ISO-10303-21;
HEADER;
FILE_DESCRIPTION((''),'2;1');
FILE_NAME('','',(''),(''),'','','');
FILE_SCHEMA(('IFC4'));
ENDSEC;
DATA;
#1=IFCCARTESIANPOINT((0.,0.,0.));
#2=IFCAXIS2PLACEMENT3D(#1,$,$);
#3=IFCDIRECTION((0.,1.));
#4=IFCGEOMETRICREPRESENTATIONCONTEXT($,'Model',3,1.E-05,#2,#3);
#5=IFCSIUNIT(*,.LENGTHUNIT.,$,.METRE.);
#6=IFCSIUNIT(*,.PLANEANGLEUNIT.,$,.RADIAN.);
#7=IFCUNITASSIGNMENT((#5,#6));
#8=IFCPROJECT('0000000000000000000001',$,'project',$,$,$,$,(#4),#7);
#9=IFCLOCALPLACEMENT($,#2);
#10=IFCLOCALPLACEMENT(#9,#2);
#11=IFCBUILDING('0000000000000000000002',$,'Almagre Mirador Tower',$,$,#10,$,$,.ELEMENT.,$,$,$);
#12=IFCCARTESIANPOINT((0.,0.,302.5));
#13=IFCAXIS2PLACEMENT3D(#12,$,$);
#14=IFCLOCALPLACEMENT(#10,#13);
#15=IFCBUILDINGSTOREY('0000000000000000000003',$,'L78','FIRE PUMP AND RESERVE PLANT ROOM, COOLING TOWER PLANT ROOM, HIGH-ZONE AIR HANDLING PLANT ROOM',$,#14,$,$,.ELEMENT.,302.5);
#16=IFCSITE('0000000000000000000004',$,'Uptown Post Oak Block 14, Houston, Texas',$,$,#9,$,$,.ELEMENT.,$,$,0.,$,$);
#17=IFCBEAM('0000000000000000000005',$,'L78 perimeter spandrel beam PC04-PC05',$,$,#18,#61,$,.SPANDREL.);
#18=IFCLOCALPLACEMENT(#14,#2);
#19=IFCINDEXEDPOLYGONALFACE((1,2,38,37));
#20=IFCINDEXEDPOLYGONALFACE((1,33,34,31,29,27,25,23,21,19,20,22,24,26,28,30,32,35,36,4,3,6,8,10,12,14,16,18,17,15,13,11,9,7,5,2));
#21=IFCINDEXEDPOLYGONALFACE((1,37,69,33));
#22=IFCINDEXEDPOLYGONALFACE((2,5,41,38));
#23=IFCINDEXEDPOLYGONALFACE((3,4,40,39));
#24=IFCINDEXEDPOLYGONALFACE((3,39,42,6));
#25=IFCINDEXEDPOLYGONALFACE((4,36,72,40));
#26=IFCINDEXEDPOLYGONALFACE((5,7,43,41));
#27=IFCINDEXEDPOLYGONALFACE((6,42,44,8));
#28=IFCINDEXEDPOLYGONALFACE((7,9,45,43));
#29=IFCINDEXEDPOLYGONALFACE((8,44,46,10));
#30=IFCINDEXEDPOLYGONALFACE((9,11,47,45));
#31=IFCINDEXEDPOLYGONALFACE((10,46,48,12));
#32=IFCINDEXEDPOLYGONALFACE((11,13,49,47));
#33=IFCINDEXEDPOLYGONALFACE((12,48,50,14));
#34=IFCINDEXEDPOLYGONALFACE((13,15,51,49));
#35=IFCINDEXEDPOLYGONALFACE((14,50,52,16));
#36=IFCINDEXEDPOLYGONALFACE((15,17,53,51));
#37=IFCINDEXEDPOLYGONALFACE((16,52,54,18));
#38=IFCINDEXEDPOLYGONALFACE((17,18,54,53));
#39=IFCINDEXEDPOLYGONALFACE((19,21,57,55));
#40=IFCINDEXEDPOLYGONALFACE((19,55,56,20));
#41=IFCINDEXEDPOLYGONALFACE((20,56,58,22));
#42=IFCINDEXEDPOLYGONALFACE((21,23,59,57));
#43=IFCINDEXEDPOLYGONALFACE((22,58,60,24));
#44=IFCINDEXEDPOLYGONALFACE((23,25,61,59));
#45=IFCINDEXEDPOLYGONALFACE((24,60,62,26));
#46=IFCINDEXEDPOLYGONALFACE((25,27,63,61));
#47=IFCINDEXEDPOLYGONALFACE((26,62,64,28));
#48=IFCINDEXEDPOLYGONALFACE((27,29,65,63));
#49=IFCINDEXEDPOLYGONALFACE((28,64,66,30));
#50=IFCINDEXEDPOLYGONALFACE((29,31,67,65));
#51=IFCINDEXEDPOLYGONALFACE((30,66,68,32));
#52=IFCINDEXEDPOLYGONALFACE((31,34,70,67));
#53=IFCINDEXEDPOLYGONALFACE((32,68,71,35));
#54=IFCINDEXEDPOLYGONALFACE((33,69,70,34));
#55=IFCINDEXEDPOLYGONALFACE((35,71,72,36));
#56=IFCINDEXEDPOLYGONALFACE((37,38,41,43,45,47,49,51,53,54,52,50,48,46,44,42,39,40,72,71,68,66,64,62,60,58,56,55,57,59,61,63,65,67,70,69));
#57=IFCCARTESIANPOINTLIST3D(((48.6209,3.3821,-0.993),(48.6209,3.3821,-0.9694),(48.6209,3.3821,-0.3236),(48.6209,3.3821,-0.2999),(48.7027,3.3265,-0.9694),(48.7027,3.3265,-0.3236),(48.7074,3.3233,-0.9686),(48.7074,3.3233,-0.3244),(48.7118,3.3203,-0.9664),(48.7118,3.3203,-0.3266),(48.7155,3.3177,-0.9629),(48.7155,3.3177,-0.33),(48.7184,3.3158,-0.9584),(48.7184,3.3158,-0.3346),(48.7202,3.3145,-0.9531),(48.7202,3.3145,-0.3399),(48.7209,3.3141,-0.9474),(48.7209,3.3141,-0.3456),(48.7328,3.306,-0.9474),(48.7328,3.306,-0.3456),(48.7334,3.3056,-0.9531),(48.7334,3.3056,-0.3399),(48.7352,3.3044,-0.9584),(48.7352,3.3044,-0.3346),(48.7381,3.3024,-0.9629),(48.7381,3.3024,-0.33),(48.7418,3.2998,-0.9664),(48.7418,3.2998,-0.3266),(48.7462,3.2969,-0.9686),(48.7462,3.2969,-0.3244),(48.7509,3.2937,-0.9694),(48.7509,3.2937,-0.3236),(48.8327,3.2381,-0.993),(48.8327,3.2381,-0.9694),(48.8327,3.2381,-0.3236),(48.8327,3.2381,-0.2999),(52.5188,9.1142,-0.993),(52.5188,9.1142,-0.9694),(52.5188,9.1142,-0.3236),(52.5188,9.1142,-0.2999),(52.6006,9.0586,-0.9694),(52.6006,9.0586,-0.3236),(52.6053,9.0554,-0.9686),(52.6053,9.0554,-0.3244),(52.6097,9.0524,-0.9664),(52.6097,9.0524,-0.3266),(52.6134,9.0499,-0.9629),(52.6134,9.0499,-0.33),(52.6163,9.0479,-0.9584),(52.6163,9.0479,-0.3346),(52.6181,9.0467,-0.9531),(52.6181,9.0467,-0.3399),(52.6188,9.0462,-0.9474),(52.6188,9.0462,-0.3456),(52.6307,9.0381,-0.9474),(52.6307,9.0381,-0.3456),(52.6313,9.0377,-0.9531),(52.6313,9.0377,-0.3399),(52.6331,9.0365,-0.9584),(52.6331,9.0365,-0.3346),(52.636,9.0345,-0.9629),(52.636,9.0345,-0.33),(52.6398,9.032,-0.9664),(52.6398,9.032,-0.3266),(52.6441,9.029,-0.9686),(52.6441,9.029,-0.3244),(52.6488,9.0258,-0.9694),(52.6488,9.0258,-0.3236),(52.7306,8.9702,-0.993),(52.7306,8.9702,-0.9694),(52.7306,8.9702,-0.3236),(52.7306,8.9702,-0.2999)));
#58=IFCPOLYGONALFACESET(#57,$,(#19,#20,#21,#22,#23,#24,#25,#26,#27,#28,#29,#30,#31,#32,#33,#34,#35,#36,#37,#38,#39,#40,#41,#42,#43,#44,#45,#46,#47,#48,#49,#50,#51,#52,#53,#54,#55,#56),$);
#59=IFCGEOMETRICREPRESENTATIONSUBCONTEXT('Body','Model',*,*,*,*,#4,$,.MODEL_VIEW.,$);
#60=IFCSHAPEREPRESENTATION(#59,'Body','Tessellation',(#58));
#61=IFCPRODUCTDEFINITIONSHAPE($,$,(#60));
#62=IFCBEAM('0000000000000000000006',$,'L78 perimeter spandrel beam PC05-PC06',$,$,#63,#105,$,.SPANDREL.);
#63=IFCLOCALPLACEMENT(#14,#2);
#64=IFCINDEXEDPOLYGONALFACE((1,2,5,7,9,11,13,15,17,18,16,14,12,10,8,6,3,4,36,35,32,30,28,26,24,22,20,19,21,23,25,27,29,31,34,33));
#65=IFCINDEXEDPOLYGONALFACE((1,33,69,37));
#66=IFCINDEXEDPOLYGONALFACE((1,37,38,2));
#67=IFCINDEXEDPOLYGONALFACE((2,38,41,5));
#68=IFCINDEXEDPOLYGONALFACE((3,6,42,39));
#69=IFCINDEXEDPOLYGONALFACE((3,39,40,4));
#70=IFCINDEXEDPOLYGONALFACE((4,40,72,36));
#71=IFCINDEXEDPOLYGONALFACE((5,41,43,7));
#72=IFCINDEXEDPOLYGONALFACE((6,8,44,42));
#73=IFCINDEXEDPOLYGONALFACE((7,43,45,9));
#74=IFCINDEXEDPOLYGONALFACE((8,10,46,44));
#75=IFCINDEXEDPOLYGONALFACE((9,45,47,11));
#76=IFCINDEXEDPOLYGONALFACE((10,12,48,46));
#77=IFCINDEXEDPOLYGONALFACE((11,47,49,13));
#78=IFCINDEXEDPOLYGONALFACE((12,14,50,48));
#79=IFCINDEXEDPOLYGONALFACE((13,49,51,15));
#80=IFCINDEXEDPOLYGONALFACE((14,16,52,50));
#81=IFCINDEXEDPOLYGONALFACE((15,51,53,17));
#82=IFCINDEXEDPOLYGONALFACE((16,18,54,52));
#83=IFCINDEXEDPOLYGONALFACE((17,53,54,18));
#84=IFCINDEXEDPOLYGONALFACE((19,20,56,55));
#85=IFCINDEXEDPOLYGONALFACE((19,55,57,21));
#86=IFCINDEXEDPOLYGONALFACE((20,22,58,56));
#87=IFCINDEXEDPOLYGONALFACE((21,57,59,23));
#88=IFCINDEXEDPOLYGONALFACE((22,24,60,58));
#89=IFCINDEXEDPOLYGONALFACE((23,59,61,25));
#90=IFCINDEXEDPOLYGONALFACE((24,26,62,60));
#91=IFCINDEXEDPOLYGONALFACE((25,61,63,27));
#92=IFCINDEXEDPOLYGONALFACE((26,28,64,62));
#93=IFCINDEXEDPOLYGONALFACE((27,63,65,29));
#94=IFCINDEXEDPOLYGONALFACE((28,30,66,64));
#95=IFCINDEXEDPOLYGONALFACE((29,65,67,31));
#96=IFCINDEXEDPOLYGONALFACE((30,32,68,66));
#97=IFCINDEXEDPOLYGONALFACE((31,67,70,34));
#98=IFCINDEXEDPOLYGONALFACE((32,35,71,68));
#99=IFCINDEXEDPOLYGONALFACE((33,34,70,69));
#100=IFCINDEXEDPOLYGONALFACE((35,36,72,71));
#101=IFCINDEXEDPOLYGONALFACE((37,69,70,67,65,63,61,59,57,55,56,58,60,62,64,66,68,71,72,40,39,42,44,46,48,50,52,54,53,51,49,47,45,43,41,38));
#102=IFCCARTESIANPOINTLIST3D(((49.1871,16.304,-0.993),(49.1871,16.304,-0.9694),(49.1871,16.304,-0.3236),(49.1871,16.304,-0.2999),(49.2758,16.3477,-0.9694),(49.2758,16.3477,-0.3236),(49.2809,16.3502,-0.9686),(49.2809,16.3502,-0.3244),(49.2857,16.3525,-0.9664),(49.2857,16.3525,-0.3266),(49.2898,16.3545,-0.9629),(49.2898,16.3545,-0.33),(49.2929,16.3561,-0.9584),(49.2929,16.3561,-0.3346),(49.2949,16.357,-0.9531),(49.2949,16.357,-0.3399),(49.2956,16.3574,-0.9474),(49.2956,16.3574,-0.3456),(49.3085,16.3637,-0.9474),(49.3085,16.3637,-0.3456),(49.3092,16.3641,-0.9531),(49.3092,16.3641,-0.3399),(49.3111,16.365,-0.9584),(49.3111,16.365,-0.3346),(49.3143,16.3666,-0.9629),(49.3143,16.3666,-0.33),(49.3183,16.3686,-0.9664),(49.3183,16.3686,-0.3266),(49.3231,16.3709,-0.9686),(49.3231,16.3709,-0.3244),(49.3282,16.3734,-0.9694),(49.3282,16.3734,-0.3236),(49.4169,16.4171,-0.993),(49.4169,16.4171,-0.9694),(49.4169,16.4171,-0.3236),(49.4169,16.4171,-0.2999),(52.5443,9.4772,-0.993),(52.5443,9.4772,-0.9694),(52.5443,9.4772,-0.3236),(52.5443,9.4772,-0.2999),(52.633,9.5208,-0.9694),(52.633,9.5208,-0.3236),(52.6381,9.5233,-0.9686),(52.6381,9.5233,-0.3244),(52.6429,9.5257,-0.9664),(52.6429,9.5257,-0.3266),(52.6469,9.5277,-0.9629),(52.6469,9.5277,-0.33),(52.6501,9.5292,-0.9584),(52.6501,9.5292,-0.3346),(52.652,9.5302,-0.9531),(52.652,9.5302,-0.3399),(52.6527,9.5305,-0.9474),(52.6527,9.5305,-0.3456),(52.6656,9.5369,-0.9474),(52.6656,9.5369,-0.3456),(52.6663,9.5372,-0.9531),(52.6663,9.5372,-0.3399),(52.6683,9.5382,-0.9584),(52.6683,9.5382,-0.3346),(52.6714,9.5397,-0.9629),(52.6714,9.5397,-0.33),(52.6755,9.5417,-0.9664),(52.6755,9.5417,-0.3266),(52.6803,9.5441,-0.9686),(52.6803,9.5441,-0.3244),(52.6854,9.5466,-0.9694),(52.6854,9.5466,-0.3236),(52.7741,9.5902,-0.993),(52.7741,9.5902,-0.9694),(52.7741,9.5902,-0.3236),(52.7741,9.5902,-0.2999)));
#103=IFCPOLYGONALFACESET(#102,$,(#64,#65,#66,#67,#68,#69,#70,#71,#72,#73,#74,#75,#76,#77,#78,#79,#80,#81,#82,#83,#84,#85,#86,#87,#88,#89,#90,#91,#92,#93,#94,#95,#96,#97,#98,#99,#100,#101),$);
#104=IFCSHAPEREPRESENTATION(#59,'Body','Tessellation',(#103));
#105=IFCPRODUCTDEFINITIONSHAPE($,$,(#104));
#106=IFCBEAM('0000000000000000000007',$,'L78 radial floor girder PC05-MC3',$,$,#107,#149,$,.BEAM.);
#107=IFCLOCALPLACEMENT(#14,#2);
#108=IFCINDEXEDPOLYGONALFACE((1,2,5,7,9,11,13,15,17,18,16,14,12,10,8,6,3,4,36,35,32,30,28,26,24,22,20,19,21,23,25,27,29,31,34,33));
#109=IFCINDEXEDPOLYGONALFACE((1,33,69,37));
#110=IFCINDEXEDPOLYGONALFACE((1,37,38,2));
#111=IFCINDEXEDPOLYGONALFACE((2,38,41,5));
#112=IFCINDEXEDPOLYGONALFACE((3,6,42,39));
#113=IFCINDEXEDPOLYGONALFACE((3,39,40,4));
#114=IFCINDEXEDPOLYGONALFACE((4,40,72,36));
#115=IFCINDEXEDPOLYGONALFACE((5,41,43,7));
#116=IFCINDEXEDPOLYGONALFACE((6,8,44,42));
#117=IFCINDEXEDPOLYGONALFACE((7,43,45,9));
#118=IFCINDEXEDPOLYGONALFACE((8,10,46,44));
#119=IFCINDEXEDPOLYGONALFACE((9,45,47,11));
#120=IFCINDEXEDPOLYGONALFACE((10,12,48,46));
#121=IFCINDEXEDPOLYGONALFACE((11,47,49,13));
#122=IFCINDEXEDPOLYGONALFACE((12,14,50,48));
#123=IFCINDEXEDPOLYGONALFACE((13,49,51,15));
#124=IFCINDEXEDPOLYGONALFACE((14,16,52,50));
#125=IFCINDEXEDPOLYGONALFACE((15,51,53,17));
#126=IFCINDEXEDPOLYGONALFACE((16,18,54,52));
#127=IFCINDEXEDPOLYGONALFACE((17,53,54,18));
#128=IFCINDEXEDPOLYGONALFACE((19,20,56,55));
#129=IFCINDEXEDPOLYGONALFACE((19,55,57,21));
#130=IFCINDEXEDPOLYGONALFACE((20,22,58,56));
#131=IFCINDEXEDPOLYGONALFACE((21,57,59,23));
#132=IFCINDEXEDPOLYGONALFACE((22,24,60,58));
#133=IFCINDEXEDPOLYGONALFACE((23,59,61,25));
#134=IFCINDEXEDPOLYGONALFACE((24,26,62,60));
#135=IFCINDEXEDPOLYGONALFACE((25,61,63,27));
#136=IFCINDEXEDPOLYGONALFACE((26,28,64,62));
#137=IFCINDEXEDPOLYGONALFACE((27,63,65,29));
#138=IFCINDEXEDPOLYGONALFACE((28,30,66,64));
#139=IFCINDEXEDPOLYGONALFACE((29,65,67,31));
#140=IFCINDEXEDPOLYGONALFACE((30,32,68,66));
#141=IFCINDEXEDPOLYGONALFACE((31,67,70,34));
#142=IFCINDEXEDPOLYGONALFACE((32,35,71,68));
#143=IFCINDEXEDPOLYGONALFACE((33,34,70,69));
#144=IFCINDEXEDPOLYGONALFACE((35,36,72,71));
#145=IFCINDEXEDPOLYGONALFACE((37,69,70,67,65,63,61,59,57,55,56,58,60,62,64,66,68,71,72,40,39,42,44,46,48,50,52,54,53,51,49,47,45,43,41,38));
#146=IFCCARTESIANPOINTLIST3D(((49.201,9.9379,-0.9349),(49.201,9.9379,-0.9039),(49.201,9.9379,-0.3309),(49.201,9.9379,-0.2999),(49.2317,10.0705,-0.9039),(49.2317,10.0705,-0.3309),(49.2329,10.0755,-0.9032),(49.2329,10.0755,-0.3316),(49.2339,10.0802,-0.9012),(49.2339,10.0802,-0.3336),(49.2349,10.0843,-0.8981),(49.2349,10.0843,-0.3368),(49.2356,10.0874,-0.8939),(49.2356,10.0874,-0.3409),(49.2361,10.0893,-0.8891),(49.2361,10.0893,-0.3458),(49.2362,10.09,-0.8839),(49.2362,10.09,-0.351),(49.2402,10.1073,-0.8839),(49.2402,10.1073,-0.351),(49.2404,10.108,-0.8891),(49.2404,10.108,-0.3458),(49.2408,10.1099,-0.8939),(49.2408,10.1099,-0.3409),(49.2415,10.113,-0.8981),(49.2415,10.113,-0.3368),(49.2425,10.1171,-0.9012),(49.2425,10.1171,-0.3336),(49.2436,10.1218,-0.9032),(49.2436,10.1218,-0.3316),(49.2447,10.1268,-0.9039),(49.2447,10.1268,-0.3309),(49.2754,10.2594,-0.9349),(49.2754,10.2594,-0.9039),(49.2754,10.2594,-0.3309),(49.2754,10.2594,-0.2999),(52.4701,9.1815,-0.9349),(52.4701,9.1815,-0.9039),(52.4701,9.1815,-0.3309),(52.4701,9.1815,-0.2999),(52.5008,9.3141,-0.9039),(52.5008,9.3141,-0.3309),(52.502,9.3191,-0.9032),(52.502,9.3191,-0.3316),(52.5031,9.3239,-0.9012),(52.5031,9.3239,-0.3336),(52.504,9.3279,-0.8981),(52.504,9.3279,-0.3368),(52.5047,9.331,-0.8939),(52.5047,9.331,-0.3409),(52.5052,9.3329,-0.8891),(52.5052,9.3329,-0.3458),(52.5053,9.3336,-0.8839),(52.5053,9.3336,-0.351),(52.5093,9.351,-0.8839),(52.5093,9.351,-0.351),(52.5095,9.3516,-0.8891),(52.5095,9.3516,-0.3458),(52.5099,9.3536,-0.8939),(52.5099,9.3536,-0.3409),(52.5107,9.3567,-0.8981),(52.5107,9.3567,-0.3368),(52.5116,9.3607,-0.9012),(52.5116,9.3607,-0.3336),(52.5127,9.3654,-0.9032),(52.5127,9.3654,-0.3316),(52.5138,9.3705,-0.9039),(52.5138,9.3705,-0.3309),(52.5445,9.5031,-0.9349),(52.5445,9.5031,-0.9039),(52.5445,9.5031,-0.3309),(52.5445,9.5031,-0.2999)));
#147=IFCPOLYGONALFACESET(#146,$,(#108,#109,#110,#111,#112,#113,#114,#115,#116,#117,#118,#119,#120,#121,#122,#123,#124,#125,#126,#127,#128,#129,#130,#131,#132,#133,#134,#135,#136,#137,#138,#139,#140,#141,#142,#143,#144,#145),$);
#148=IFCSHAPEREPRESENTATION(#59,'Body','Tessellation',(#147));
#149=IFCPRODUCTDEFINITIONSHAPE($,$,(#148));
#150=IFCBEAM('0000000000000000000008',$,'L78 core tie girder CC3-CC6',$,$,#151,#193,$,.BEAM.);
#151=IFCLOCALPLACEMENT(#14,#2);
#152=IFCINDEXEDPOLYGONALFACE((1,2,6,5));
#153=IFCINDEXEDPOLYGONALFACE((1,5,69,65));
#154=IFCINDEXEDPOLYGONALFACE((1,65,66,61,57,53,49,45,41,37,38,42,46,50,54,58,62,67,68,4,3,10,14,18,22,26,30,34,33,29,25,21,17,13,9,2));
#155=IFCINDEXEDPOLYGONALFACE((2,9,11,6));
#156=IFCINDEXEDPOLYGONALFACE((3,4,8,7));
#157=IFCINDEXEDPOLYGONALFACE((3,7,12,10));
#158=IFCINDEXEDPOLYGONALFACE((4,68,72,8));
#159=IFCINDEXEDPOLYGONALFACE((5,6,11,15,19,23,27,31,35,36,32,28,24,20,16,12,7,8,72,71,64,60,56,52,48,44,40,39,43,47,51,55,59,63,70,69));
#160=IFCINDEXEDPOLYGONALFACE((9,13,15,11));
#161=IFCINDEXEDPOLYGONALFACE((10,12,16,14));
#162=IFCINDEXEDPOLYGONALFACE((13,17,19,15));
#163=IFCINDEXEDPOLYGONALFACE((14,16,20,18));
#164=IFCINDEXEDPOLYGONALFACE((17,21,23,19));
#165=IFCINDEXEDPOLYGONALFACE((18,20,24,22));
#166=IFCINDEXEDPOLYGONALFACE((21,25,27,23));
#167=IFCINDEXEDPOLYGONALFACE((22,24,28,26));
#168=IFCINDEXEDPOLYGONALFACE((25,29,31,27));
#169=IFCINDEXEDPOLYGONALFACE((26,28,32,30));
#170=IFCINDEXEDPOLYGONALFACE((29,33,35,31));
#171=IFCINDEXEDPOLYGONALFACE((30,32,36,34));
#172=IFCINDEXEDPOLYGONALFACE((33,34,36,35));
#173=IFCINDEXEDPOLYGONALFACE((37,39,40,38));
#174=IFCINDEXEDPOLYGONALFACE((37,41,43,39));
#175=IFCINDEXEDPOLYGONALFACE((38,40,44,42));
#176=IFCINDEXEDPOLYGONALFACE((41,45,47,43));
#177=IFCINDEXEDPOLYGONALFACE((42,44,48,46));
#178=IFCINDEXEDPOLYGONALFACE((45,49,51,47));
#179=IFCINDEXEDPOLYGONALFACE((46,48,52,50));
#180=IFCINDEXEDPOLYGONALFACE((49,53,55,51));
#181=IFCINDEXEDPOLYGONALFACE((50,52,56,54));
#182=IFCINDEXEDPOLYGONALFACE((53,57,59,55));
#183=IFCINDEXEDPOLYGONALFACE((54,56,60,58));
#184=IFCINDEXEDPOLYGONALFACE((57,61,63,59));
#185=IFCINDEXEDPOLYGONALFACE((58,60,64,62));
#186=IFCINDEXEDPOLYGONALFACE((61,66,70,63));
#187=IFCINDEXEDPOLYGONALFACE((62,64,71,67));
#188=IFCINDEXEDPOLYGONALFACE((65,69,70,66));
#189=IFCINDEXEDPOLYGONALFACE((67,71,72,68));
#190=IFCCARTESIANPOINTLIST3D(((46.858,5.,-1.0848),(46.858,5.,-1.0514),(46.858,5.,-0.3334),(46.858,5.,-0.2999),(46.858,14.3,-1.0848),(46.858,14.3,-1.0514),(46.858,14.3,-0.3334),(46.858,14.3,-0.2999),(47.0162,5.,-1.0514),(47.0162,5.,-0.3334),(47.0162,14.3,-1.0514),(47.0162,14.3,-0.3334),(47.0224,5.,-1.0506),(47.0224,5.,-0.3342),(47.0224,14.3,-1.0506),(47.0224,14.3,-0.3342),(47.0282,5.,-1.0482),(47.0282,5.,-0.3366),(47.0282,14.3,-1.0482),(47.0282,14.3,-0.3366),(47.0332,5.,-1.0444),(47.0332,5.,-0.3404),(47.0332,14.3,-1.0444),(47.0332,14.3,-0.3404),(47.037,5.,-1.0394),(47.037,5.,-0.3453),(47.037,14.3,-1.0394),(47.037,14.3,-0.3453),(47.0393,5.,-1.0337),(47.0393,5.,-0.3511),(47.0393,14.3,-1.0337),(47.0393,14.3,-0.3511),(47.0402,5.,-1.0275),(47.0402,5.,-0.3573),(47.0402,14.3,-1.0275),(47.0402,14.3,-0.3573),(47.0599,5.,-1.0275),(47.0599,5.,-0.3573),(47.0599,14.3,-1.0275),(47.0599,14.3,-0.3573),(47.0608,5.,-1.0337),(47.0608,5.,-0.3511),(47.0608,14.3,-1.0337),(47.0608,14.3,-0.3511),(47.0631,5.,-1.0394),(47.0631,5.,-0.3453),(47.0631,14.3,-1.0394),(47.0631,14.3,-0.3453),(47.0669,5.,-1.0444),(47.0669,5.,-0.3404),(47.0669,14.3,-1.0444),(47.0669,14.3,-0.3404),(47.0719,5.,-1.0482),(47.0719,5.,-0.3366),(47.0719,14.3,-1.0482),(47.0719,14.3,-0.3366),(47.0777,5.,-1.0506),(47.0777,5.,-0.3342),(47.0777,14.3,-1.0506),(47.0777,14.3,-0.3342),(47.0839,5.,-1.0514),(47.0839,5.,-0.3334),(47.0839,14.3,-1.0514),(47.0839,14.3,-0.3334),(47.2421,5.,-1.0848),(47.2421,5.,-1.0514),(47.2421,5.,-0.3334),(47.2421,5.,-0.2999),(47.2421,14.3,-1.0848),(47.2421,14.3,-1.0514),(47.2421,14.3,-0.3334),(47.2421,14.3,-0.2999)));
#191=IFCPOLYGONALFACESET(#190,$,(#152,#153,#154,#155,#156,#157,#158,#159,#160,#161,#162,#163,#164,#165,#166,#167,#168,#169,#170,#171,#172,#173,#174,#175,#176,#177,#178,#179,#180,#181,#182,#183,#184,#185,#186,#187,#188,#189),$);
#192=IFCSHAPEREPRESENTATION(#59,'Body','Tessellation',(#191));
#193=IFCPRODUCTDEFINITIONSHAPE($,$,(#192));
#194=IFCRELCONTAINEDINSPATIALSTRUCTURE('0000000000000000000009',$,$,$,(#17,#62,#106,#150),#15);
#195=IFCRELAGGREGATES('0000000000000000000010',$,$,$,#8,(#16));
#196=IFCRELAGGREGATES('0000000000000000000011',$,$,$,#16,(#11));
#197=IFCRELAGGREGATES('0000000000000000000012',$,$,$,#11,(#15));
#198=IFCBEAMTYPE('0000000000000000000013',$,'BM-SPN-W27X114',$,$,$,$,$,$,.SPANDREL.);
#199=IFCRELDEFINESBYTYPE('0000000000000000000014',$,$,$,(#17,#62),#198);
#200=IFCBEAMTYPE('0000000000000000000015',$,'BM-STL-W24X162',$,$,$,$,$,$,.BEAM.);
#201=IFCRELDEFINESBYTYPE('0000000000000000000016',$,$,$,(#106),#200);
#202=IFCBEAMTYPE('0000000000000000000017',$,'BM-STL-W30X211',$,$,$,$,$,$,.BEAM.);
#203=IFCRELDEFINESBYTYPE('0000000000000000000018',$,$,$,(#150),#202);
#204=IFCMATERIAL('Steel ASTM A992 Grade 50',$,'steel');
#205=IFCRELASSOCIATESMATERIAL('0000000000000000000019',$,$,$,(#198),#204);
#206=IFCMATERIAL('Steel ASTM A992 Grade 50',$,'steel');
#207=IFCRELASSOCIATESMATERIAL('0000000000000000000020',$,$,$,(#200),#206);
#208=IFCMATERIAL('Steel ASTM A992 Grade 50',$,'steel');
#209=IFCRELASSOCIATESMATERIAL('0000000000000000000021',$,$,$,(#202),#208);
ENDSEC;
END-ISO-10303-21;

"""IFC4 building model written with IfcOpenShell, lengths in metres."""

from ifc_helpers import new_model, si_unit, direction, frame, origin, origin_2d, place, context, subcontext, project, spatial, i_section, extrude, material, material_profile, profile_set, type_object, element, save


model = new_model("IFC4")

# Units and contexts
model_context = context("Model", 3, precision=1e-05, world=origin(), true_north=direction((0.0, 1.0)))
body_context = subcontext(model_context, "Body", "Model", "MODEL_VIEW")
ifc_project = project(units=[si_unit("LENGTHUNIT", "METRE"), si_unit("PLANEANGLEUNIT", "RADIAN")], contexts=[model_context])

# Site, building, storey
site_placement = place(None, origin())
site = spatial("IfcSite", under=ifc_project, at=site_placement, Name="Uptown Post Oak Block 14, Houston, Texas", CompositionType="ELEMENT", RefElevation=0.0)
building_placement = place(site_placement, origin())
building = spatial("IfcBuilding", under=site, at=building_placement, Name="Almagre Mirador Tower", CompositionType="ELEMENT")
storey_placement = place(building_placement, frame((0.0, 0.0, 302.5)))
storey = spatial("IfcBuildingStorey", under=building, at=storey_placement, Name="L78", Description="FIRE PUMP AND RESERVE PLANT ROOM, COOLING TOWER PLANT ROOM, HIGH-ZONE AIR HANDLING PLANT ROOM", CompositionType="ELEMENT", Elevation=302.5)

# Beams
ifc_material_1 = material(Name="Steel ASTM A992 Grade 50", Category="steel")
ifc_material_profile_1 = material_profile(ifc_material_1, i_section(OverallWidth=0.2561, OverallDepth=0.6931, WebThickness=0.0144, FlangeThickness=0.0237, FilletRadius=0.022, at=origin_2d()), Name="W27X114")
ifc_profile_set_1 = profile_set([ifc_material_profile_1], Name="Steel ASTM A992 Grade 50")
beam_type_1 = type_object("IfcBeamType", Name="BM-SPN-W27X114", PredefinedType="SPANDREL", material=ifc_profile_set_1)
beam_1_placement = place(storey_placement, frame((48.7268, 3.3101, -0.6465), z_axis=(0.562317, 0.826922, 0.0), x_axis=(-0.826922, 0.562317, 0.0)))
element("IfcBeam", 1, at=beam_1_placement, inside=storey, type_object=beam_type_1, Name="L78 perimeter spandrel beam PC04-PC05", PredefinedType="SPANDREL", context=body_context, shape_type="SweptSolid", body=[
    extrude(i_section(OverallWidth=0.2561, OverallDepth=0.6931, WebThickness=0.0144, FlangeThickness=0.0237, FilletRadius=0.022, at=origin_2d()), origin(), (0.0, 0.0, 1.0), 6.9319),
])
beam_2_placement = place(storey_placement, frame((52.6592, 9.5337, -0.6465), z_axis=(-0.441286, 0.897366, 0.0), x_axis=(-0.897366, -0.441286, 0.0)))
element("IfcBeam", 2, at=beam_2_placement, inside=storey, type_object=beam_type_1, Name="L78 perimeter spandrel beam PC05-PC06", PredefinedType="SPANDREL", context=body_context, shape_type="SweptSolid", body=[
    extrude(i_section(OverallWidth=0.2561, OverallDepth=0.6931, WebThickness=0.0144, FlangeThickness=0.0237, FilletRadius=0.022, at=origin_2d()), origin(), (0.0, 0.0, 1.0), 7.6077),
])
ifc_material_2 = material(Name="Steel ASTM A992 Grade 50", Category="steel")
ifc_material_profile_2 = material_profile(ifc_material_2, i_section(OverallWidth=0.3301, OverallDepth=0.635, WebThickness=0.0178, FlangeThickness=0.031, FilletRadius=0.02, at=origin_2d()), Name="W24X162")
ifc_profile_set_2 = profile_set([ifc_material_profile_2], Name="Steel ASTM A992 Grade 50")
beam_type_2 = type_object("IfcBeamType", Name="BM-STL-W24X162", PredefinedType="BEAM", material=ifc_profile_set_2)
beam_3_placement = place(storey_placement, frame((52.5073, 9.3423, -0.6174), z_axis=(-0.974264, 0.225412, 0.0), x_axis=(-0.225412, -0.974264, 0.0)))
element("IfcBeam", 3, at=beam_3_placement, inside=storey, type_object=beam_type_2, Name="L78 radial floor girder PC05-MC3", PredefinedType="BEAM", context=body_context, shape_type="SweptSolid", body=[
    extrude(i_section(OverallWidth=0.3301, OverallDepth=0.635, WebThickness=0.0178, FlangeThickness=0.031, FilletRadius=0.02, at=origin_2d()), origin(), (0.0, 0.0, 1.0), 3.3555),
])
ifc_material_3 = material(Name="Steel ASTM A992 Grade 50", Category="steel")
ifc_material_profile_3 = material_profile(ifc_material_3, i_section(OverallWidth=0.384, OverallDepth=0.7849, WebThickness=0.0198, FlangeThickness=0.0334, FilletRadius=0.0239, at=origin_2d()), Name="W30X211")
ifc_profile_set_3 = profile_set([ifc_material_profile_3], Name="Steel ASTM A992 Grade 50")
beam_type_3 = type_object("IfcBeamType", Name="BM-STL-W30X211", PredefinedType="BEAM", material=ifc_profile_set_3)
beam_4_placement = place(storey_placement, frame((47.05, 5.0, -0.6924), z_axis=(0.0, 1.0, 0.0), x_axis=(-1.0, 0.0, 0.0)))
element("IfcBeam", 4, at=beam_4_placement, inside=storey, type_object=beam_type_3, Name="L78 core tie girder CC3-CC6", PredefinedType="BEAM", context=body_context, shape_type="SweptSolid", body=[
    extrude(i_section(OverallWidth=0.384, OverallDepth=0.7849, WebThickness=0.0198, FlangeThickness=0.0334, FilletRadius=0.0239, at=origin_2d()), origin(), (0.0, 0.0, 1.0), 9.3),
])

save(model, "model.ifc")
